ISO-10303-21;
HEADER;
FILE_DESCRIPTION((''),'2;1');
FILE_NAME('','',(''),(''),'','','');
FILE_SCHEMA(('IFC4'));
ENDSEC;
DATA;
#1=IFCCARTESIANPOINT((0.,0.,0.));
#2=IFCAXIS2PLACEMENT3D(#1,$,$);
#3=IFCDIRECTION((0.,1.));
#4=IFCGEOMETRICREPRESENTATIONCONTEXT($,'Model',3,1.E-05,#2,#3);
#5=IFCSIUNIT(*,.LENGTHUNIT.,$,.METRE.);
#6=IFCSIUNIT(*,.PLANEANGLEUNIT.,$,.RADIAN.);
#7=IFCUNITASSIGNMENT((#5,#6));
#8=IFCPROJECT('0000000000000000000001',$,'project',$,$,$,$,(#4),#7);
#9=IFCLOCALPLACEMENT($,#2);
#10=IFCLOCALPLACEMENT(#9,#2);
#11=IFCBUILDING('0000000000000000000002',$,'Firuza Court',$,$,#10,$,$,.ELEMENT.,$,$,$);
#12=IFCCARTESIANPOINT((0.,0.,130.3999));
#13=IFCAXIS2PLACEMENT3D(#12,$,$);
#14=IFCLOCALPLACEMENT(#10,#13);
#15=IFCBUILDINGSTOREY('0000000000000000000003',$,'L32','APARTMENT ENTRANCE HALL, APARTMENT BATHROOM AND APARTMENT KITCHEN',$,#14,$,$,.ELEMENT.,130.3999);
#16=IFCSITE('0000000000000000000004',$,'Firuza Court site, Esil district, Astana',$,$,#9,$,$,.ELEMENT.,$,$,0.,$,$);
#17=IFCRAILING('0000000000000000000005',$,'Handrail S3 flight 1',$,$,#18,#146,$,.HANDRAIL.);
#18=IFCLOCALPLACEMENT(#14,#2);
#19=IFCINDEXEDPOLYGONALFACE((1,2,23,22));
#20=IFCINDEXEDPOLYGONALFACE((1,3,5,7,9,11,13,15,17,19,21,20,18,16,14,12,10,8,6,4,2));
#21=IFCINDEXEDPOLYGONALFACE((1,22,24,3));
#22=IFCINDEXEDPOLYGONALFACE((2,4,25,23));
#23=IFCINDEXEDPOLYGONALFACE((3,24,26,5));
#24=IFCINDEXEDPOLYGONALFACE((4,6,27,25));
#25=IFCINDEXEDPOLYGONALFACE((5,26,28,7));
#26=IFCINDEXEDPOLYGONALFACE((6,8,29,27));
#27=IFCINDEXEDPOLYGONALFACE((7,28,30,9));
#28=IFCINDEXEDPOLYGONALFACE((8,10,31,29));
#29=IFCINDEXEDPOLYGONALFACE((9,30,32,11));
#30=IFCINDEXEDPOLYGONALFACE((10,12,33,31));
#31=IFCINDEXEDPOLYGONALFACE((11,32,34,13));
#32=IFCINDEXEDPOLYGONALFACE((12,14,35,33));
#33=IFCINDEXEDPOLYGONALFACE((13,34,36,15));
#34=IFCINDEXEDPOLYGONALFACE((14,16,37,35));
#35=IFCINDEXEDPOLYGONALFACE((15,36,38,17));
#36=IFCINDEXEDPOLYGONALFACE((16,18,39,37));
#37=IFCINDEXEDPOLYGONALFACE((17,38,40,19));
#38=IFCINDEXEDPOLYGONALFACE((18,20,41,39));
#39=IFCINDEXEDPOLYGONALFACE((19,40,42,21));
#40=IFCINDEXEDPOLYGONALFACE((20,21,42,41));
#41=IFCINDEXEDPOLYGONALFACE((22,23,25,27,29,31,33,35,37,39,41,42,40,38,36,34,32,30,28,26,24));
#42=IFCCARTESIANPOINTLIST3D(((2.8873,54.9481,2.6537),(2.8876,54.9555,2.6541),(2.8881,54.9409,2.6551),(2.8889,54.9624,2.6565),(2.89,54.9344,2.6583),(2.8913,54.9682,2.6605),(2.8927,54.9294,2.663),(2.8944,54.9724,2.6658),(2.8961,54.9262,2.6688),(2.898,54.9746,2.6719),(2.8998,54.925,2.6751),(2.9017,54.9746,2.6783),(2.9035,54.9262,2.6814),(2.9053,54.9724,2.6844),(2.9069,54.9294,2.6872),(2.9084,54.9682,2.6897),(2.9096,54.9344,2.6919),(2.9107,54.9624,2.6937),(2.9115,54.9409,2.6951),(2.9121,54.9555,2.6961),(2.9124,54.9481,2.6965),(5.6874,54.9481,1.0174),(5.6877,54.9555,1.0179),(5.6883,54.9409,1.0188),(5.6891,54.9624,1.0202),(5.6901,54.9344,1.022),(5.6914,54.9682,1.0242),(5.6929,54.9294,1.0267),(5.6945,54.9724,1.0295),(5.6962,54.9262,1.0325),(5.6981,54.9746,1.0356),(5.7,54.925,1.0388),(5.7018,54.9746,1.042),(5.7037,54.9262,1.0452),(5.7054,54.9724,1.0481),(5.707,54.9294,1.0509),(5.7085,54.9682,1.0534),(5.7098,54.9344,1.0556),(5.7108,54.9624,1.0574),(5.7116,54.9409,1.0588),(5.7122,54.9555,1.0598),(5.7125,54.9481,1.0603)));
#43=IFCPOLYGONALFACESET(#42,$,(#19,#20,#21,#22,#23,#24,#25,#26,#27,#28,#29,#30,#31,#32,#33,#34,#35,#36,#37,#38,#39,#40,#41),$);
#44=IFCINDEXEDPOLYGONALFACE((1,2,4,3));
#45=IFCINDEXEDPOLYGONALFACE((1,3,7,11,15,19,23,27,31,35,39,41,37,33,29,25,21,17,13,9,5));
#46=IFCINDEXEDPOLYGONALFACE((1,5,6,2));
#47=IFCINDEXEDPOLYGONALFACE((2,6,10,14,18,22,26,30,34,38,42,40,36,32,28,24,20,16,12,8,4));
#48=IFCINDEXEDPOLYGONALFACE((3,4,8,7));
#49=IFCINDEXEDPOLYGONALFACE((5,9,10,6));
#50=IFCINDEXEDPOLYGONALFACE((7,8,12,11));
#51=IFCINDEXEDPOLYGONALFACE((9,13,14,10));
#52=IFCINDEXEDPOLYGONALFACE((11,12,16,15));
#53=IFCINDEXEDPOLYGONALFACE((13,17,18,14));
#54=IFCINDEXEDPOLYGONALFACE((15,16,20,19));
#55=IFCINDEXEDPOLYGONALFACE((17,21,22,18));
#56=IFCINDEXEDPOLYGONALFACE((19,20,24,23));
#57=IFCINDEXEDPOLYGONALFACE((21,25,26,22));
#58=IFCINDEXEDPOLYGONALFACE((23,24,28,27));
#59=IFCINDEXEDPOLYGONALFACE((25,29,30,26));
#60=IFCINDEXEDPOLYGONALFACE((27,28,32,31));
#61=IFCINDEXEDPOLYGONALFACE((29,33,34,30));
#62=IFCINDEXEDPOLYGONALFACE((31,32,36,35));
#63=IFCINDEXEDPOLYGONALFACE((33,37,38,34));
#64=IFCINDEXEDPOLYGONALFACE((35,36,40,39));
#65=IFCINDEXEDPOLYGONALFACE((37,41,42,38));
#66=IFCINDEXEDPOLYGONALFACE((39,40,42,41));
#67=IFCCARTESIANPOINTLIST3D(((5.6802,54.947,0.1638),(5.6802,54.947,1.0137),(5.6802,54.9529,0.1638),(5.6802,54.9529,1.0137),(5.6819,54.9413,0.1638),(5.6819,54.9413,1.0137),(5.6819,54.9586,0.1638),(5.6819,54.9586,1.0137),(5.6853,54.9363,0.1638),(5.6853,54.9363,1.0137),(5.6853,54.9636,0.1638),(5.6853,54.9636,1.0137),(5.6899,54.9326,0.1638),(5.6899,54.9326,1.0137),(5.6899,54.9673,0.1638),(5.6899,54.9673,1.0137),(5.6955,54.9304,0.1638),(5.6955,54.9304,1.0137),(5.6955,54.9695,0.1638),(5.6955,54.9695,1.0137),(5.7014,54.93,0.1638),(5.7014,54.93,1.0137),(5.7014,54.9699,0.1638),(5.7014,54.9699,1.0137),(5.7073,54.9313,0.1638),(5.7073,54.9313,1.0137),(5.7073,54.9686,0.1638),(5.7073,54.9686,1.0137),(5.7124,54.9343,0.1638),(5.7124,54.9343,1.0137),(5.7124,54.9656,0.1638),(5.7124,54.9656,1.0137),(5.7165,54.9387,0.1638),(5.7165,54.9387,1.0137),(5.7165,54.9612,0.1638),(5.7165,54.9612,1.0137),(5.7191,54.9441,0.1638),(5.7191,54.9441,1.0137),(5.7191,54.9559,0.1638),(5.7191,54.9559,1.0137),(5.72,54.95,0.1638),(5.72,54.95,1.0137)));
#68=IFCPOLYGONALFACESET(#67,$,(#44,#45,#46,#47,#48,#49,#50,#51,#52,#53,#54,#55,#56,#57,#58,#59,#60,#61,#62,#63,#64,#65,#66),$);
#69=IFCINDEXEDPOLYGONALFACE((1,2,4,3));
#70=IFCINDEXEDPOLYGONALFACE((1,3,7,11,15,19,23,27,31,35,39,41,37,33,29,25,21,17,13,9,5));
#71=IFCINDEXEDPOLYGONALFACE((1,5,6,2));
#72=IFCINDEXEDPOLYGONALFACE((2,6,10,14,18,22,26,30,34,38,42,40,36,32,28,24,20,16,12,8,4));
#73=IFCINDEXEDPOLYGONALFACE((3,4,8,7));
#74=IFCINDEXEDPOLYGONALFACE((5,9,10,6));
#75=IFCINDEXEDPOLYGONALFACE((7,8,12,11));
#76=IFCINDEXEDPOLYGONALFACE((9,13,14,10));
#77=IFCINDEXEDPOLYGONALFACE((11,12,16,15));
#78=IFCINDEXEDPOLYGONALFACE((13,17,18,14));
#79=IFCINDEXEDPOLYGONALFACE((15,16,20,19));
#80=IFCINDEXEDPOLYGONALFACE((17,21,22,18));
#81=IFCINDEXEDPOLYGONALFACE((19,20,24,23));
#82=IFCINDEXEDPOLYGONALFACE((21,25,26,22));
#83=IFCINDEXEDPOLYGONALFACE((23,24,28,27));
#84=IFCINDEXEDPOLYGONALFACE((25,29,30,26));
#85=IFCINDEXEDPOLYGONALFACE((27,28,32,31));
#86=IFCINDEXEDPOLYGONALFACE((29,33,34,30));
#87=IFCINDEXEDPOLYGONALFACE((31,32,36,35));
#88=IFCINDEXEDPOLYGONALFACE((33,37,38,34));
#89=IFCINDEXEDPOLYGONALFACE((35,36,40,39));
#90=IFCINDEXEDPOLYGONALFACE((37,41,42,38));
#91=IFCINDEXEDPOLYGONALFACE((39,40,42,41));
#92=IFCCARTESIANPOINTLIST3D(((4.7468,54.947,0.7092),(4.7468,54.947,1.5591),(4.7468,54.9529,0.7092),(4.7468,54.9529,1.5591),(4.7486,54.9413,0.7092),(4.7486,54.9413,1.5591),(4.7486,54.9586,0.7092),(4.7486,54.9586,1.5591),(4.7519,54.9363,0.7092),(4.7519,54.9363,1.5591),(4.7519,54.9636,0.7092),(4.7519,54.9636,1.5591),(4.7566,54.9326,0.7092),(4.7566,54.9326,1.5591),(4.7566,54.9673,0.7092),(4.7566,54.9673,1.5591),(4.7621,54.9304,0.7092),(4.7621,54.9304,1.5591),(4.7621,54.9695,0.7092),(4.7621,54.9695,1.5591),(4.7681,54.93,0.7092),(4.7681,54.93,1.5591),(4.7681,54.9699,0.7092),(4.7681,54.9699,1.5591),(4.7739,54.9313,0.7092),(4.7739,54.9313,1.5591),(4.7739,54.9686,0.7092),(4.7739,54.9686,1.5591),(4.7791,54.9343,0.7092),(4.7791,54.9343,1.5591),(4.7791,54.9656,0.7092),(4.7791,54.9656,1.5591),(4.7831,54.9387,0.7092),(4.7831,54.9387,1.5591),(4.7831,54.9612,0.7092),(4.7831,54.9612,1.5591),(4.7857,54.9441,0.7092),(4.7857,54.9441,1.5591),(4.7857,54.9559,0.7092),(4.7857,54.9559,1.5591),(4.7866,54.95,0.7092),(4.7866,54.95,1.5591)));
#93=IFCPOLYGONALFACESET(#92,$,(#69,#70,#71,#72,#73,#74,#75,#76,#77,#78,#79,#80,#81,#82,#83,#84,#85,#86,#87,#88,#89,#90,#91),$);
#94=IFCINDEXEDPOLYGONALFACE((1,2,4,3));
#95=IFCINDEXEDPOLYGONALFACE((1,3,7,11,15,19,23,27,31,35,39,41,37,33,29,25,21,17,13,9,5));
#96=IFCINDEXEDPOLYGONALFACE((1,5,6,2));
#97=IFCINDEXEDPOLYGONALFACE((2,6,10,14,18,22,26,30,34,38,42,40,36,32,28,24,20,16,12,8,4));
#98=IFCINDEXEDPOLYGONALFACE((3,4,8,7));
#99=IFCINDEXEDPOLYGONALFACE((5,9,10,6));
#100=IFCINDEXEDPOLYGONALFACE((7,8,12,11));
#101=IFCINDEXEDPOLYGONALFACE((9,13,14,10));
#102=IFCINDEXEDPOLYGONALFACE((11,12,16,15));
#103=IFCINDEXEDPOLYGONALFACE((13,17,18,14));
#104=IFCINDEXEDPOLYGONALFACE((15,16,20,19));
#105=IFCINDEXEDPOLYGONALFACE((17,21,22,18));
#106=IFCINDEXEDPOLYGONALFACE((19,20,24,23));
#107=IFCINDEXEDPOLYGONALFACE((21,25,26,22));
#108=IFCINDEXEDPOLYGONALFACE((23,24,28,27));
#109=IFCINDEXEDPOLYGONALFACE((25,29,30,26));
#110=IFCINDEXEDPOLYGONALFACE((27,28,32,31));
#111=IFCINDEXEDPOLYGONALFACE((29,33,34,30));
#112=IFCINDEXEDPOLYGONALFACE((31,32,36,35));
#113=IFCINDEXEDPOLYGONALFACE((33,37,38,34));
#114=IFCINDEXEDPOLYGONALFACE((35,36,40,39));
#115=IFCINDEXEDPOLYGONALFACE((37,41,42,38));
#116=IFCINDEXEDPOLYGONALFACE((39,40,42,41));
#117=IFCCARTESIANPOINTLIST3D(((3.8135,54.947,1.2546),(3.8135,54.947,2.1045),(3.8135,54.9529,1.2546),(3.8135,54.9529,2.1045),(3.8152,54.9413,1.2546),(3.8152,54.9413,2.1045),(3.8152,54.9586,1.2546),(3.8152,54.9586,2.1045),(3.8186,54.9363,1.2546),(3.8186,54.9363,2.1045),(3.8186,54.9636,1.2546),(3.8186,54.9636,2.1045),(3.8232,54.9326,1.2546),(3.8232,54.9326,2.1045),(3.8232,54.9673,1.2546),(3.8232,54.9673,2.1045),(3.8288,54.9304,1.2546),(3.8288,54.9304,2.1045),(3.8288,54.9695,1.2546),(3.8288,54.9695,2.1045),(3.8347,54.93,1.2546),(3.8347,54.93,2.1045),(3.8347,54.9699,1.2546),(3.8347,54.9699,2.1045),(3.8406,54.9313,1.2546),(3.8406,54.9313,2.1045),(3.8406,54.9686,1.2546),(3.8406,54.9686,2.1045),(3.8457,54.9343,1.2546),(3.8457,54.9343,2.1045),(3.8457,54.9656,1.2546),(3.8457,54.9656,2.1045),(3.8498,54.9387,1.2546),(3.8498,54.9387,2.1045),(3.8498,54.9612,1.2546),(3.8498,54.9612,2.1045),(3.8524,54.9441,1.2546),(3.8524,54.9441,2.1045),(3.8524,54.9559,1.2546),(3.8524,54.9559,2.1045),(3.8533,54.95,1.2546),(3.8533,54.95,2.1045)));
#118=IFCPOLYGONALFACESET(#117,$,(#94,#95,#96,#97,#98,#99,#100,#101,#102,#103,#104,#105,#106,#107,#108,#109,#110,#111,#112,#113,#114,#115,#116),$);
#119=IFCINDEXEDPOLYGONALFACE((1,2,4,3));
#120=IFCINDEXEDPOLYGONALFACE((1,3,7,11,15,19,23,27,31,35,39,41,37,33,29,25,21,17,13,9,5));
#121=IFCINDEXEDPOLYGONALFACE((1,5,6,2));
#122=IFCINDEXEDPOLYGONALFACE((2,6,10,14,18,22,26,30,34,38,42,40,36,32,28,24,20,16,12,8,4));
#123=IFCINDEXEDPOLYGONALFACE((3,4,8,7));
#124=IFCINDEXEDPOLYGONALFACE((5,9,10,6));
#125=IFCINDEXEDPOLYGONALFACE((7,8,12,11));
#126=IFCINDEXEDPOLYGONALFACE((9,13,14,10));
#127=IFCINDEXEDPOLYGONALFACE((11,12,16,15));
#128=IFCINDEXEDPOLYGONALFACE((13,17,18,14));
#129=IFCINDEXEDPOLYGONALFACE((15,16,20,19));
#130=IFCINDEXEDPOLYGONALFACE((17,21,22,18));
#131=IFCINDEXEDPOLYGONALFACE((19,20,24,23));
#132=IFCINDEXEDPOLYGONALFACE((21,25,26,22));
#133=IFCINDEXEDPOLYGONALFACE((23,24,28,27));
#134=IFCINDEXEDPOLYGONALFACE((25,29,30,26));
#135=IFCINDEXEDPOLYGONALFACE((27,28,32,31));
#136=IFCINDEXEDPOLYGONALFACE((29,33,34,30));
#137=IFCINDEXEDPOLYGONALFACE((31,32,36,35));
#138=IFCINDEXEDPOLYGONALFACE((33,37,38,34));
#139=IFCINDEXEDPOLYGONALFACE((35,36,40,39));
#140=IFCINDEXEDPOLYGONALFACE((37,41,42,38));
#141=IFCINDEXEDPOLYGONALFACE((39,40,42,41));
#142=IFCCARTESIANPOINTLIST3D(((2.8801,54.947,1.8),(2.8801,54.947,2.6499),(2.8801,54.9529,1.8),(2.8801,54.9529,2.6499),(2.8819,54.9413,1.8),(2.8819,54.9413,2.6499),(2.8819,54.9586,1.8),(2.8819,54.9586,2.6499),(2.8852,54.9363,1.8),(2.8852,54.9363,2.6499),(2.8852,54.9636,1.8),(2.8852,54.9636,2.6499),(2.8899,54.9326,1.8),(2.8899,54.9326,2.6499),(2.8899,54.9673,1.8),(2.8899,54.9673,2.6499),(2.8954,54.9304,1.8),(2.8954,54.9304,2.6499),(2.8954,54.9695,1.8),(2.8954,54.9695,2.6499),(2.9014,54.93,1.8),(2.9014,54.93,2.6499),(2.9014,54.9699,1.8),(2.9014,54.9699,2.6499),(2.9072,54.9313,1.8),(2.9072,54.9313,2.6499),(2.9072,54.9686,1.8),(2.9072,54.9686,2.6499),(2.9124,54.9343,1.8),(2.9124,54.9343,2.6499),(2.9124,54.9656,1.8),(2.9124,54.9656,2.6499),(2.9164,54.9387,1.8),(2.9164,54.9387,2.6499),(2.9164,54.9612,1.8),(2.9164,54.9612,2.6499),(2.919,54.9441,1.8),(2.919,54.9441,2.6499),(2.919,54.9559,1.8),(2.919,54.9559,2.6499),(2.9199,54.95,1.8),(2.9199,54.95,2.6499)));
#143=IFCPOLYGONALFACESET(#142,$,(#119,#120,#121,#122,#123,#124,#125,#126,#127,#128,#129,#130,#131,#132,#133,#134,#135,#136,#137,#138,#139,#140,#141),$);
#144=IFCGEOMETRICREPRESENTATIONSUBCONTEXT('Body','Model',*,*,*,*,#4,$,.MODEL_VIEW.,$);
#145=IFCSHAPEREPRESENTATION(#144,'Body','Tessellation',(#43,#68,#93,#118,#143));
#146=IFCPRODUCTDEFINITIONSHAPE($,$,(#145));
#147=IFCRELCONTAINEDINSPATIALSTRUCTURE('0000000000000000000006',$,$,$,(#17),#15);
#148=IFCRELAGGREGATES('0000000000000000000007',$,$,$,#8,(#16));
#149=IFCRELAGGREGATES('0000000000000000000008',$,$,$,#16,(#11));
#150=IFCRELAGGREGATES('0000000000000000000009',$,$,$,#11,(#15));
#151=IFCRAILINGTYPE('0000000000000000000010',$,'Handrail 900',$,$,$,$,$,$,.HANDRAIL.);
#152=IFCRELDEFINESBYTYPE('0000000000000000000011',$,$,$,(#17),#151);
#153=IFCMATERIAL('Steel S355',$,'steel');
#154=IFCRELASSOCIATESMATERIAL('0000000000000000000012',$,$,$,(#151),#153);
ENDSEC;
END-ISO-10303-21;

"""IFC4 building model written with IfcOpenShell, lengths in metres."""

from ifc_helpers import new_model, si_unit, direction, frame, origin, origin_2d, place, context, subcontext, project, spatial, circle, extrude, material, type_object, element, save


model = new_model("IFC4")

# Units and contexts
model_context = context("Model", 3, precision=1e-05, world=origin(), true_north=direction((0.0, 1.0)))
body_context = subcontext(model_context, "Body", "Model", "MODEL_VIEW")
ifc_project = project(units=[si_unit("LENGTHUNIT", "METRE"), si_unit("PLANEANGLEUNIT", "RADIAN")], contexts=[model_context])

# Site, building, storey
site_placement = place(None, origin())
site = spatial("IfcSite", under=ifc_project, at=site_placement, Name="Firuza Court site, Esil district, Astana", CompositionType="ELEMENT", RefElevation=0.0)
building_placement = place(site_placement, origin())
building = spatial("IfcBuilding", under=site, at=building_placement, Name="Firuza Court", CompositionType="ELEMENT")
storey_placement = place(building_placement, frame((0.0, 0.0, 130.3999)))
storey = spatial("IfcBuildingStorey", under=building, at=storey_placement, Name="L32", Description="APARTMENT ENTRANCE HALL, APARTMENT BATHROOM AND APARTMENT KITCHEN", CompositionType="ELEMENT", Elevation=130.3999)

# Railing
ifc_material_1 = material(Name="Steel S355", Category="steel")
railing_type = type_object("IfcRailingType", Name="Handrail 900", PredefinedType="HANDRAIL", material=ifc_material_1)
railing_1_placement = place(storey_placement, frame((5.7, 54.95, 0.1638)))
element("IfcRailing", 1, at=railing_1_placement, inside=storey, type_object=railing_type, Name="Handrail S3 flight 1", PredefinedType="HANDRAIL", context=body_context, shape_type="SweptSolid", body=[
    extrude(circle(Radius=0.0249, at=origin_2d()), frame((0.0, 0.0, 0.875), z_axis=(-0.863394, 0.0, 0.504531), x_axis=(0.0, -1.0, 0.0)), (0.0, 0.0, 1.0), 3.2432),
    extrude(circle(Radius=0.02, at=origin_2d()), origin(), (0.0, 0.0, 1.0), 0.8499),
    extrude(circle(Radius=0.02, at=origin_2d()), frame((-0.9333, 0.0, 0.5454)), (0.0, 0.0, 1.0), 0.8499),
    extrude(circle(Radius=0.02, at=origin_2d()), frame((-1.8667, 0.0, 1.0908)), (0.0, 0.0, 1.0), 0.8499),
    extrude(circle(Radius=0.02, at=origin_2d()), frame((-2.8, 0.0, 1.6362)), (0.0, 0.0, 1.0), 0.8499),
])

save(model, "model.ifc")
